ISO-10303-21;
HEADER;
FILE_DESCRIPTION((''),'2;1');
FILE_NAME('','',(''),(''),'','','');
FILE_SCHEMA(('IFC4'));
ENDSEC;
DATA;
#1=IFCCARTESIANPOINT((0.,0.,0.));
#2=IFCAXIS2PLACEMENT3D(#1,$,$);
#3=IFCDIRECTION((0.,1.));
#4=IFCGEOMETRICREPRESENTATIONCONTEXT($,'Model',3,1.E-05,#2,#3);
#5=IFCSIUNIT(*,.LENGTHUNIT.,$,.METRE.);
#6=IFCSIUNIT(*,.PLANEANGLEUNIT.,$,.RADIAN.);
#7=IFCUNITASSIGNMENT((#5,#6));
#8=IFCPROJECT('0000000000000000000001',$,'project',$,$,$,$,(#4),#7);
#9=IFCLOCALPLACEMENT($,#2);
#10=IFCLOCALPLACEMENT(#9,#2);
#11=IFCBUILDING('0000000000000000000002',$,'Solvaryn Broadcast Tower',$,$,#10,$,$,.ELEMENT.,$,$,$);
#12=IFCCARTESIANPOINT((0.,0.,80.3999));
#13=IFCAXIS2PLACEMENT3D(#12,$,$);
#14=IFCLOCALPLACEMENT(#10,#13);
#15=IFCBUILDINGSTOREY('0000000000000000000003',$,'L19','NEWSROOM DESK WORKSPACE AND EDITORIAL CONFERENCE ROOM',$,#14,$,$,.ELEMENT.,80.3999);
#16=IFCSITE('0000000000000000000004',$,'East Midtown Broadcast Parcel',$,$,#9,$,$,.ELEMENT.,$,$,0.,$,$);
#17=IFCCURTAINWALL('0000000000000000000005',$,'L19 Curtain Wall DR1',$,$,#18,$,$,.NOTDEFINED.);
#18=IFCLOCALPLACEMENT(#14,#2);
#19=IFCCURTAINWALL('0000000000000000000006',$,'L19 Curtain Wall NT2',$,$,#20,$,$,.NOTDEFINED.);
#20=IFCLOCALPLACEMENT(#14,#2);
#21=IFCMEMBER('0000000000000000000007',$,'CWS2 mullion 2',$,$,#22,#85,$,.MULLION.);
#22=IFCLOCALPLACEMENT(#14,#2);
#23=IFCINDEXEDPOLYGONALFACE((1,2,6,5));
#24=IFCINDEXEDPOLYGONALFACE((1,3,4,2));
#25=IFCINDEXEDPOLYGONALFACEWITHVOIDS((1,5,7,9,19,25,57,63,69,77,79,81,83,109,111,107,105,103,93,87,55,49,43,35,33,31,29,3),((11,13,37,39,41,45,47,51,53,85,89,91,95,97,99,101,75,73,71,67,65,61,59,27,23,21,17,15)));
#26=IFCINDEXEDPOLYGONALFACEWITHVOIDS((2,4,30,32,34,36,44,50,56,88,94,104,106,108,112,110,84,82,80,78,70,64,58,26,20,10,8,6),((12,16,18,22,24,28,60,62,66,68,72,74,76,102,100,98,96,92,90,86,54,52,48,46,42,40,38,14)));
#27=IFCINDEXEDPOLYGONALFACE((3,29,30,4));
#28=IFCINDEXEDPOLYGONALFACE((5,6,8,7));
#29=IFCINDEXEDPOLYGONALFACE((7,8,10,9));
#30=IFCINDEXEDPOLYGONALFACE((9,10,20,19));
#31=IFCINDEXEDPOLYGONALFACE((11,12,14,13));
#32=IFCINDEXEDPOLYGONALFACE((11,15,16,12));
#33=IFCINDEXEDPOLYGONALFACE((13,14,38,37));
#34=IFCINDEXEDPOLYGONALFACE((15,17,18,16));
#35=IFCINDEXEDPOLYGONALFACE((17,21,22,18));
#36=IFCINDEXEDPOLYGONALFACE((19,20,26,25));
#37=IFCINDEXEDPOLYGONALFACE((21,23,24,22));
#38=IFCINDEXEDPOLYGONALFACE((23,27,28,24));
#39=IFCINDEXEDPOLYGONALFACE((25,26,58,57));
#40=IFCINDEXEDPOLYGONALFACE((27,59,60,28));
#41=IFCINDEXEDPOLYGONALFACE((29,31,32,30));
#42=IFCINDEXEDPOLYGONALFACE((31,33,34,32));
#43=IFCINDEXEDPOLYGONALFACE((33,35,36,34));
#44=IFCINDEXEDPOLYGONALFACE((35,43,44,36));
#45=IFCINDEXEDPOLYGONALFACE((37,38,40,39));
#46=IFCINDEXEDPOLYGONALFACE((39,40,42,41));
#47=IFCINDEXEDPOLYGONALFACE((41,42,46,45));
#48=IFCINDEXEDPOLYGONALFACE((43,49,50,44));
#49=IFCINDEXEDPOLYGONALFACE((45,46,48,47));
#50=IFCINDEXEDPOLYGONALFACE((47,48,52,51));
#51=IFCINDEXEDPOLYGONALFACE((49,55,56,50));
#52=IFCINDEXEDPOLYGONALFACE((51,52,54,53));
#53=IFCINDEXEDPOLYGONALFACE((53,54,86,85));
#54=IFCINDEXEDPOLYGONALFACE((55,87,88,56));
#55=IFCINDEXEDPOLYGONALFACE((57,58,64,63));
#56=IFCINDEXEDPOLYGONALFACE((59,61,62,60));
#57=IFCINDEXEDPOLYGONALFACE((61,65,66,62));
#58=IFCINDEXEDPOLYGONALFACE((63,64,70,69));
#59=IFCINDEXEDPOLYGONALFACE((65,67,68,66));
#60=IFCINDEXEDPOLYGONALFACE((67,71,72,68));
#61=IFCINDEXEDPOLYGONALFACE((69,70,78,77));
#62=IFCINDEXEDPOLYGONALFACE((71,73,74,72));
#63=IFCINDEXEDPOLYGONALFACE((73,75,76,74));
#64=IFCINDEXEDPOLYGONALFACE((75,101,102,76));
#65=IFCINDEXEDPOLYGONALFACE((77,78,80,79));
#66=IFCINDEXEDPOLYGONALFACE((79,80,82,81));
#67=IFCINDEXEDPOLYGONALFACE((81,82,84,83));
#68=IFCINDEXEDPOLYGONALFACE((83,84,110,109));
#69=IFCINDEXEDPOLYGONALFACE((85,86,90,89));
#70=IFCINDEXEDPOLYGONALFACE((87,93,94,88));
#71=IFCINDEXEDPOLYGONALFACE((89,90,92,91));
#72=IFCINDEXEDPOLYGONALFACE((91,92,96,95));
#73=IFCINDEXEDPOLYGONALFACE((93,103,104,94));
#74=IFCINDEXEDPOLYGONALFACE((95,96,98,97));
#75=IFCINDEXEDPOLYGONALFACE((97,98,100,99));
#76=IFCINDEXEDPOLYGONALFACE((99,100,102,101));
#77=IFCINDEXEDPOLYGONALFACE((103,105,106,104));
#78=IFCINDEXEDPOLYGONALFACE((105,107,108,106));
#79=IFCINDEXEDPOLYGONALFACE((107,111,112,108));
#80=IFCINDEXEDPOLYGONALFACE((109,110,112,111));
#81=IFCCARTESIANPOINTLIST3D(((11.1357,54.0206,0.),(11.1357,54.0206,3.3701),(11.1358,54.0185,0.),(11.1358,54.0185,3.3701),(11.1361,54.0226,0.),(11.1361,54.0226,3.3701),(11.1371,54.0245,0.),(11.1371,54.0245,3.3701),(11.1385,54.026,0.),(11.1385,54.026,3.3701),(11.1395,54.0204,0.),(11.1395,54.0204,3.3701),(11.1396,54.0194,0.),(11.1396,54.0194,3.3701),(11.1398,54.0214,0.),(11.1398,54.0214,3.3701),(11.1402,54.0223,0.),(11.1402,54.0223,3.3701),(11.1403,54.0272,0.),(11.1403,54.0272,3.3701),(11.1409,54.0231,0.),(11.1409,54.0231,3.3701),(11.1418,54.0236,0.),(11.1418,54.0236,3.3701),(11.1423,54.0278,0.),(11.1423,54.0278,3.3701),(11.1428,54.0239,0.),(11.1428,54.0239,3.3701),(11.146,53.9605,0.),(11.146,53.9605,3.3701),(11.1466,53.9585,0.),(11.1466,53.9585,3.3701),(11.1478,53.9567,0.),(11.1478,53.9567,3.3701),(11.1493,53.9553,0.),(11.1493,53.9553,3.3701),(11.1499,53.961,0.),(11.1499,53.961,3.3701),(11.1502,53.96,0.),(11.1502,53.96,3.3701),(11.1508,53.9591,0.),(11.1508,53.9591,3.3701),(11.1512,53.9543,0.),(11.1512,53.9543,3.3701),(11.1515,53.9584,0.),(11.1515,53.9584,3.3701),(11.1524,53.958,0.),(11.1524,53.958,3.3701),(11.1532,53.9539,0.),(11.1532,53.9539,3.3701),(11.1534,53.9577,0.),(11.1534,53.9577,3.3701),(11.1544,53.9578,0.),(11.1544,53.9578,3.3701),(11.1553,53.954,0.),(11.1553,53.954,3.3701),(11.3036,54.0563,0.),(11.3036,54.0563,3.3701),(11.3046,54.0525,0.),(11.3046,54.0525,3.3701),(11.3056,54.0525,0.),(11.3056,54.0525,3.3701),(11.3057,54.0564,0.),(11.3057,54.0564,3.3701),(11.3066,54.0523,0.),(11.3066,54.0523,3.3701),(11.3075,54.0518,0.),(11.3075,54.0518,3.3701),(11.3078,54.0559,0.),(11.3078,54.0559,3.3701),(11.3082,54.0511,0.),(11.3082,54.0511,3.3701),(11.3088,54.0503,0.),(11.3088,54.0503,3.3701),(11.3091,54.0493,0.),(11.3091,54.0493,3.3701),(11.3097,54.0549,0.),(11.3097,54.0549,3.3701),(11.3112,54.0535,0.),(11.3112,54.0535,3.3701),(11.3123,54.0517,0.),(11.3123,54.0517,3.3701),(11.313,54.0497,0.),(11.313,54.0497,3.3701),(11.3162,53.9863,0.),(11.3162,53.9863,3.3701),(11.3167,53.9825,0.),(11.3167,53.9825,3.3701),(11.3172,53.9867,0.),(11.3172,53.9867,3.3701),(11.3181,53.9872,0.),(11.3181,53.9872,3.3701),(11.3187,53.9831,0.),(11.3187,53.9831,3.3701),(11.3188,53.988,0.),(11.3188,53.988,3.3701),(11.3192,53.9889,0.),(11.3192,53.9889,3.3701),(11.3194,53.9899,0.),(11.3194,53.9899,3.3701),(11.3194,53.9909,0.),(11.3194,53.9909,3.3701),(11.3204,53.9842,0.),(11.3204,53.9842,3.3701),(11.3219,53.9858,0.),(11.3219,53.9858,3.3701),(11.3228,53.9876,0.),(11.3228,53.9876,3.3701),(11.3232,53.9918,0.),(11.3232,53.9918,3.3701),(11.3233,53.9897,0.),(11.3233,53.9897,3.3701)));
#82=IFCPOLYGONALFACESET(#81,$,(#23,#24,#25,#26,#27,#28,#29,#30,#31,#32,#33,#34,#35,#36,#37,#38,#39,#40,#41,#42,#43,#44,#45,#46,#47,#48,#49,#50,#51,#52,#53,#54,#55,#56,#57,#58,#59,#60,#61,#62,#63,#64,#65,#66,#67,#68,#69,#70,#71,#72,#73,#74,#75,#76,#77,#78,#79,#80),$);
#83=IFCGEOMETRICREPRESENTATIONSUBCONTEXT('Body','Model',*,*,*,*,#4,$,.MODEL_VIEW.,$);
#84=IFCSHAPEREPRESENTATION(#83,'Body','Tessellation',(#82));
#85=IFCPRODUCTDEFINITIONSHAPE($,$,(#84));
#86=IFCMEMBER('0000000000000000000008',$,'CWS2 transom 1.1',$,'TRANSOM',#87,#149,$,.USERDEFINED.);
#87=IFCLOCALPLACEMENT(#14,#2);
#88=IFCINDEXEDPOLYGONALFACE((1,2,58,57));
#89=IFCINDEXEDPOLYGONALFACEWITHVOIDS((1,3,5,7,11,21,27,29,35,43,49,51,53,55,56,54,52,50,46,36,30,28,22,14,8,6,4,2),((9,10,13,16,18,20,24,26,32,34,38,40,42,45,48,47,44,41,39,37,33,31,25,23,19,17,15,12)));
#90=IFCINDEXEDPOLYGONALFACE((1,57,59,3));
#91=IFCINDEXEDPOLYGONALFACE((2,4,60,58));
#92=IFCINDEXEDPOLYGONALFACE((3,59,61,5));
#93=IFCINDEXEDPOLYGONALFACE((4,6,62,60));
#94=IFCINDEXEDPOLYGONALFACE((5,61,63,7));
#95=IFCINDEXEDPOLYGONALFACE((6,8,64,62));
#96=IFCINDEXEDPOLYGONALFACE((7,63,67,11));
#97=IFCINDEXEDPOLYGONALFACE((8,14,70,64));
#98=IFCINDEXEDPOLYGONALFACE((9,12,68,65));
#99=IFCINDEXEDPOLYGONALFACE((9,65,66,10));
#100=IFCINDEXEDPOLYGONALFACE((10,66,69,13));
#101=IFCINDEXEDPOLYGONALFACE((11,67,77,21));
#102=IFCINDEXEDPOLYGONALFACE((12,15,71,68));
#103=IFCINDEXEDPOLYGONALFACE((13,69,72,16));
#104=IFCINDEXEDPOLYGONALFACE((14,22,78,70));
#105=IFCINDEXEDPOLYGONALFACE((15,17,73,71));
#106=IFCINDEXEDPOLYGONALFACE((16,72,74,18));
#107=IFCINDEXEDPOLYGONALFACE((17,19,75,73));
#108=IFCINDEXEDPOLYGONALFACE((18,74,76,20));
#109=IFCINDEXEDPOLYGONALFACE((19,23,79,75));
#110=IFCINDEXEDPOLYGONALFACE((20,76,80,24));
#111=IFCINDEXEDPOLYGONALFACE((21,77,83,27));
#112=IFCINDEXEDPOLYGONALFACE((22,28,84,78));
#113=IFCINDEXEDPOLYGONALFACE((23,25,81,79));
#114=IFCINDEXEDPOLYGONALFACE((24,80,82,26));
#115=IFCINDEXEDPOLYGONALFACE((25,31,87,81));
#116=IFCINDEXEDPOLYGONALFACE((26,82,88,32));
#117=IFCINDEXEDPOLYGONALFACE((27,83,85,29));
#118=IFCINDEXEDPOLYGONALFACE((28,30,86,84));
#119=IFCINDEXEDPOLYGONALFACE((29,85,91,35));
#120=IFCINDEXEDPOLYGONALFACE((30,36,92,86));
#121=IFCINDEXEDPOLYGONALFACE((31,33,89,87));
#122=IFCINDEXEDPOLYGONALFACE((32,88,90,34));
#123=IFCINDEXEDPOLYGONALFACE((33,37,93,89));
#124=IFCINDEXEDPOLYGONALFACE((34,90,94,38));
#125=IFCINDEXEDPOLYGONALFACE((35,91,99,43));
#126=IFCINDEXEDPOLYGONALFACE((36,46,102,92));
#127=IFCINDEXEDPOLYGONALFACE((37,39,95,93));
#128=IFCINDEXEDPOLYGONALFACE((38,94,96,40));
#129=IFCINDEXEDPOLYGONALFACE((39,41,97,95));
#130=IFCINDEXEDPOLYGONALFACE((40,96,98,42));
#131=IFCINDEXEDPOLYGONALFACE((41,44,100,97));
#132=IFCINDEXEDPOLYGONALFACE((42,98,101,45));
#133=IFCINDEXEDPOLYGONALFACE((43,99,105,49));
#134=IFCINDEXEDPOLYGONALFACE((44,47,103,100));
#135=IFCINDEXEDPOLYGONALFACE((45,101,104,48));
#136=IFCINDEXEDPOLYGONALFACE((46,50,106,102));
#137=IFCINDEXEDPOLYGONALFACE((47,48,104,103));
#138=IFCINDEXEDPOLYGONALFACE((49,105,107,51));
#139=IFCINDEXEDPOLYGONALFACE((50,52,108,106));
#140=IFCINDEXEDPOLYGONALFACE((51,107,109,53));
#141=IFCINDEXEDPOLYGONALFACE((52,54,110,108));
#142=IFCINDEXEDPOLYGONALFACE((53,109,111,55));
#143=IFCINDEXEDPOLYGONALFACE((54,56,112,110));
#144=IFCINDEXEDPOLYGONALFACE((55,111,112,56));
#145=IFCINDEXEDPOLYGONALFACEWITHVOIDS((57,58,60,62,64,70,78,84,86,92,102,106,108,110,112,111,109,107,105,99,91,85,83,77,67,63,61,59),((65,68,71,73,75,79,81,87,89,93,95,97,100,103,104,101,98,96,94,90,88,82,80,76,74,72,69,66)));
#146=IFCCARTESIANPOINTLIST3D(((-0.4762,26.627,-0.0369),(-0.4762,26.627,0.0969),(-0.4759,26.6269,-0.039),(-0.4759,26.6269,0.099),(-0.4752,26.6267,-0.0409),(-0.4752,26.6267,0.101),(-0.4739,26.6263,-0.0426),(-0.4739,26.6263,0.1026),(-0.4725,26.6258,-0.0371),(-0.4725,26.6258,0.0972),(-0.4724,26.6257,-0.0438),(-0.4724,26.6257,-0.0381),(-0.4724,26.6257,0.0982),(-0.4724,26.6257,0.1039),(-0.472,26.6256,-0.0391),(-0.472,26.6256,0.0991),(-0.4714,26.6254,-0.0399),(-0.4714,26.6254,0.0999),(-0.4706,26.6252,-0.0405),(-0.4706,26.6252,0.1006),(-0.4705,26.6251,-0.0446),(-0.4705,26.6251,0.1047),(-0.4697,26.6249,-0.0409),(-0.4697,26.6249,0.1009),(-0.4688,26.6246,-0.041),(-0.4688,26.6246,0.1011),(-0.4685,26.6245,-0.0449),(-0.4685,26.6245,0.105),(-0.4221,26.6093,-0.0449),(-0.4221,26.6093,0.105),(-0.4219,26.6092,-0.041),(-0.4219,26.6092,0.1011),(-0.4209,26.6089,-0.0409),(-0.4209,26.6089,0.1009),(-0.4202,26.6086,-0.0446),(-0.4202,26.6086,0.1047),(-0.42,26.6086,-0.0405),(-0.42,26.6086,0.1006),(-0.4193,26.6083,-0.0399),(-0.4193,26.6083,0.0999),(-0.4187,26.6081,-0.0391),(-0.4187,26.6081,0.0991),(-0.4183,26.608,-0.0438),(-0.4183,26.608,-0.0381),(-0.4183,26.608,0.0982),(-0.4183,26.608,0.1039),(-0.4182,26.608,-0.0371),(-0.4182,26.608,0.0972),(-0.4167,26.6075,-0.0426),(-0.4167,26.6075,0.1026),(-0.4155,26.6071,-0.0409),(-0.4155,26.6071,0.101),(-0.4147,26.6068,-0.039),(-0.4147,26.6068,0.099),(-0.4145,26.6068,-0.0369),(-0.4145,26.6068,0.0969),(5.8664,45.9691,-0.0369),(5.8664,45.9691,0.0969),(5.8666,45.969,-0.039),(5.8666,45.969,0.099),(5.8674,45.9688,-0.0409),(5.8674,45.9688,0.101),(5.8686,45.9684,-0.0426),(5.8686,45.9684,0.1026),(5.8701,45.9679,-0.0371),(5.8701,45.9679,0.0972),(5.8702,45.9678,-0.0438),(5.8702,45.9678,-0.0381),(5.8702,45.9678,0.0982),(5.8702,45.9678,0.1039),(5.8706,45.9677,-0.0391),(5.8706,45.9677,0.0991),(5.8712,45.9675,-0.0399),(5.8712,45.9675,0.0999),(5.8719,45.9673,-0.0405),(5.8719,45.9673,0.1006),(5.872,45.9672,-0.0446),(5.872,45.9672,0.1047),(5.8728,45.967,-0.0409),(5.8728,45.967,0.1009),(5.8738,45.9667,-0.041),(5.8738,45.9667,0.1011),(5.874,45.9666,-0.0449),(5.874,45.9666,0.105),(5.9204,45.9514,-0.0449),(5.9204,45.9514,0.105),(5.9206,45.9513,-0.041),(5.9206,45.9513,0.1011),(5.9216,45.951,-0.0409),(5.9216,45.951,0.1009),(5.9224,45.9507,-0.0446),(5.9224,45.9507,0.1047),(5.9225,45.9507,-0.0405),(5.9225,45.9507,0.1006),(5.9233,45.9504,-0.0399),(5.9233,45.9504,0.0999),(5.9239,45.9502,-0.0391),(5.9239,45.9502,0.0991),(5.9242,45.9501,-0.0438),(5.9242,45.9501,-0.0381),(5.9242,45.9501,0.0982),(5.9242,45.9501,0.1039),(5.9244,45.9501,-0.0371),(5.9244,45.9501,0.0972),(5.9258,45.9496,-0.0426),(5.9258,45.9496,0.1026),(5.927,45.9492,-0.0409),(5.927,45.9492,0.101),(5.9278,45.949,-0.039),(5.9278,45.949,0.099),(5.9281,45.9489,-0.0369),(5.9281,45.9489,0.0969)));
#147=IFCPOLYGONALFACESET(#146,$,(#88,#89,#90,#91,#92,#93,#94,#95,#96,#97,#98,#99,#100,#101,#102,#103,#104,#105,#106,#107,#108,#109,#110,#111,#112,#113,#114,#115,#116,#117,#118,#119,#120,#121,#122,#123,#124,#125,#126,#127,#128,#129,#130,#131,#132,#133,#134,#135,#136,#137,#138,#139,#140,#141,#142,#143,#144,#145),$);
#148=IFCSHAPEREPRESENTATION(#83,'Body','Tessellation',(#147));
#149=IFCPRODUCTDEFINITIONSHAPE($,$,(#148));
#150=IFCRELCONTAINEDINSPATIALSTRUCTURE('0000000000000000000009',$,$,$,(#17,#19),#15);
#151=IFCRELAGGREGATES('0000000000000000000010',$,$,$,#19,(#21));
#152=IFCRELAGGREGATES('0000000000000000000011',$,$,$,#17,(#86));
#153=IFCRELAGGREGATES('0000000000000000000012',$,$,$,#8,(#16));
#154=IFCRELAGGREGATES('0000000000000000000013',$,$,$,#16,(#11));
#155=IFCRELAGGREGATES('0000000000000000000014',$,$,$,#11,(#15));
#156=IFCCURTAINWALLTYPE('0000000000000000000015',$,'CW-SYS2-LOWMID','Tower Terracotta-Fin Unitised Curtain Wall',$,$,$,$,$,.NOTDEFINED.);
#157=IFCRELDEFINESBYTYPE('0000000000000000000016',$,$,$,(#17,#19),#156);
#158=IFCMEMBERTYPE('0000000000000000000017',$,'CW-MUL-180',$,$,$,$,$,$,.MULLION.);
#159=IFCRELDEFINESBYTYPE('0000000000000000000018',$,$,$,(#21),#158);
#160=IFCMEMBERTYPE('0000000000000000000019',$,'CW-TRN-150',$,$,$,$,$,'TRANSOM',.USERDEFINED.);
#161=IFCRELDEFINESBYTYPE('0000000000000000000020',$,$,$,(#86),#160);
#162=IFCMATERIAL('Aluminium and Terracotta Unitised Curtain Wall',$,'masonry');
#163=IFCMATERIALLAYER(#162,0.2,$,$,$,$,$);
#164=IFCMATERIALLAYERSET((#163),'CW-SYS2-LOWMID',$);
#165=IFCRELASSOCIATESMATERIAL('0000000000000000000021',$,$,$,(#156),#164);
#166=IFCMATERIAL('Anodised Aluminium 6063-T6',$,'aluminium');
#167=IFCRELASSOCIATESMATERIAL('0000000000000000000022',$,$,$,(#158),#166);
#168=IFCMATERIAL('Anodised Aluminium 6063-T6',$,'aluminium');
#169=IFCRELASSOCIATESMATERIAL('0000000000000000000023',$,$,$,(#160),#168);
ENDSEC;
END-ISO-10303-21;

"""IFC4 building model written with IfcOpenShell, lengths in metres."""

from ifc_helpers import new_model, si_unit, direction, frame, origin, origin_2d, place, context, subcontext, project, spatial, hollow_rectangle, extrude, material, layer, layer_set, material_profile, profile_set, type_object, element, aggregate, save


model = new_model("IFC4")

# Units and contexts
model_context = context("Model", 3, precision=1e-05, world=origin(), true_north=direction((0.0, 1.0)))
body_context = subcontext(model_context, "Body", "Model", "MODEL_VIEW")
ifc_project = project(units=[si_unit("LENGTHUNIT", "METRE"), si_unit("PLANEANGLEUNIT", "RADIAN")], contexts=[model_context])

# Site, building, storey
site_placement = place(None, origin())
site = spatial("IfcSite", under=ifc_project, at=site_placement, Name="East Midtown Broadcast Parcel", CompositionType="ELEMENT", RefElevation=0.0)
building_placement = place(site_placement, origin())
building = spatial("IfcBuilding", under=site, at=building_placement, Name="Solvaryn Broadcast Tower", CompositionType="ELEMENT")
storey_placement = place(building_placement, frame((0.0, 0.0, 80.3999)))
storey = spatial("IfcBuildingStorey", under=building, at=storey_placement, Name="L19", Description="NEWSROOM DESK WORKSPACE AND EDITORIAL CONFERENCE ROOM", CompositionType="ELEMENT", Elevation=80.3999)

# Curtain wall
ifc_material_1 = material(Name="Aluminium and Terracotta Unitised Curtain Wall", Category="masonry")
ifc_layer_1 = layer(ifc_material_1, 0.2)
ifc_layer_set_1 = layer_set([ifc_layer_1], Name="CW-SYS2-LOWMID")
curtain_wall_type = type_object("IfcCurtainWallType", Name="CW-SYS2-LOWMID", Description="Tower Terracotta-Fin Unitised Curtain Wall", PredefinedType="NOTDEFINED", material=ifc_layer_set_1)
curtain_wall_1_placement = place(storey_placement, origin())
curtain_wall_1 = element("IfcCurtainWall", 1, at=curtain_wall_1_placement, inside=storey, type_object=curtain_wall_type, Name="L19 Curtain Wall DR1", PredefinedType="NOTDEFINED")
ifc_material_2 = material(Name="Anodised Aluminium 6063-T6", Category="aluminium")
ifc_material_profile_1 = material_profile(ifc_material_2, hollow_rectangle(XDim=0.075, YDim=0.1799, WallThickness=0.0039, InnerFilletRadius=0.0039, OuterFilletRadius=0.0081, at=origin_2d()))
ifc_profile_set_1 = profile_set([ifc_material_profile_1], Name="Anodised Aluminium 6063-T6")
member_type_1 = type_object("IfcMemberType", Name="CW-MUL-180", PredefinedType="MULLION", material=ifc_profile_set_1)

# Curtain wall, member
curtain_wall_2_placement = place(storey_placement, origin())
curtain_wall_2 = element("IfcCurtainWall", 2, at=curtain_wall_2_placement, inside=storey, type_object=curtain_wall_type, Name="L19 Curtain Wall NT2", PredefinedType="NOTDEFINED")
member_1_placement = place(storey_placement, frame((11.2295, 54.0051, 0.0), z_axis=(0.0, 0.0, 1.0), x_axis=(0.173785, -0.984784, 0.0)))
member_1 = element("IfcMember", 3, at=member_1_placement, type_object=member_type_1, Name="CWS2 mullion 2", PredefinedType="MULLION", context=body_context, shape_type="SweptSolid", body=[
    extrude(hollow_rectangle(XDim=0.075, YDim=0.1799, WallThickness=0.0039, InnerFilletRadius=0.0039, OuterFilletRadius=0.0081, at=origin_2d()), origin(), (0.0, 0.0, 1.0), 3.3701),
])
aggregate(curtain_wall_2, [member_1])

# Member
ifc_material_3 = material(Name="Anodised Aluminium 6063-T6", Category="aluminium")
ifc_material_profile_2 = material_profile(ifc_material_3, hollow_rectangle(XDim=0.0649, YDim=0.1499, WallThickness=0.0039, InnerFilletRadius=0.0039, OuterFilletRadius=0.0081, at=origin_2d()))
ifc_profile_set_2 = profile_set([ifc_material_profile_2], Name="Anodised Aluminium 6063-T6")
member_type_2 = type_object("IfcMemberType", Name="CW-TRN-150", ElementType="TRANSOM", PredefinedType="USERDEFINED", material=ifc_profile_set_2)
member_2_placement = place(storey_placement, frame((5.8972, 45.959, 0.03), z_axis=(-0.31159, -0.950217, 0.0), x_axis=(0.950217, -0.31159, 0.0)))
member_2 = element("IfcMember", 4, at=member_2_placement, type_object=member_type_2, Name="CWS2 transom 1.1", ObjectType="TRANSOM", PredefinedType="USERDEFINED", context=body_context, shape_type="SweptSolid", body=[
    extrude(hollow_rectangle(XDim=0.0649, YDim=0.1499, WallThickness=0.0039, InnerFilletRadius=0.0039, OuterFilletRadius=0.0081, at=origin_2d()), origin(), (0.0, 0.0, 1.0), 20.3555),
])
aggregate(curtain_wall_1, [member_2])

save(model, "model.ifc")
